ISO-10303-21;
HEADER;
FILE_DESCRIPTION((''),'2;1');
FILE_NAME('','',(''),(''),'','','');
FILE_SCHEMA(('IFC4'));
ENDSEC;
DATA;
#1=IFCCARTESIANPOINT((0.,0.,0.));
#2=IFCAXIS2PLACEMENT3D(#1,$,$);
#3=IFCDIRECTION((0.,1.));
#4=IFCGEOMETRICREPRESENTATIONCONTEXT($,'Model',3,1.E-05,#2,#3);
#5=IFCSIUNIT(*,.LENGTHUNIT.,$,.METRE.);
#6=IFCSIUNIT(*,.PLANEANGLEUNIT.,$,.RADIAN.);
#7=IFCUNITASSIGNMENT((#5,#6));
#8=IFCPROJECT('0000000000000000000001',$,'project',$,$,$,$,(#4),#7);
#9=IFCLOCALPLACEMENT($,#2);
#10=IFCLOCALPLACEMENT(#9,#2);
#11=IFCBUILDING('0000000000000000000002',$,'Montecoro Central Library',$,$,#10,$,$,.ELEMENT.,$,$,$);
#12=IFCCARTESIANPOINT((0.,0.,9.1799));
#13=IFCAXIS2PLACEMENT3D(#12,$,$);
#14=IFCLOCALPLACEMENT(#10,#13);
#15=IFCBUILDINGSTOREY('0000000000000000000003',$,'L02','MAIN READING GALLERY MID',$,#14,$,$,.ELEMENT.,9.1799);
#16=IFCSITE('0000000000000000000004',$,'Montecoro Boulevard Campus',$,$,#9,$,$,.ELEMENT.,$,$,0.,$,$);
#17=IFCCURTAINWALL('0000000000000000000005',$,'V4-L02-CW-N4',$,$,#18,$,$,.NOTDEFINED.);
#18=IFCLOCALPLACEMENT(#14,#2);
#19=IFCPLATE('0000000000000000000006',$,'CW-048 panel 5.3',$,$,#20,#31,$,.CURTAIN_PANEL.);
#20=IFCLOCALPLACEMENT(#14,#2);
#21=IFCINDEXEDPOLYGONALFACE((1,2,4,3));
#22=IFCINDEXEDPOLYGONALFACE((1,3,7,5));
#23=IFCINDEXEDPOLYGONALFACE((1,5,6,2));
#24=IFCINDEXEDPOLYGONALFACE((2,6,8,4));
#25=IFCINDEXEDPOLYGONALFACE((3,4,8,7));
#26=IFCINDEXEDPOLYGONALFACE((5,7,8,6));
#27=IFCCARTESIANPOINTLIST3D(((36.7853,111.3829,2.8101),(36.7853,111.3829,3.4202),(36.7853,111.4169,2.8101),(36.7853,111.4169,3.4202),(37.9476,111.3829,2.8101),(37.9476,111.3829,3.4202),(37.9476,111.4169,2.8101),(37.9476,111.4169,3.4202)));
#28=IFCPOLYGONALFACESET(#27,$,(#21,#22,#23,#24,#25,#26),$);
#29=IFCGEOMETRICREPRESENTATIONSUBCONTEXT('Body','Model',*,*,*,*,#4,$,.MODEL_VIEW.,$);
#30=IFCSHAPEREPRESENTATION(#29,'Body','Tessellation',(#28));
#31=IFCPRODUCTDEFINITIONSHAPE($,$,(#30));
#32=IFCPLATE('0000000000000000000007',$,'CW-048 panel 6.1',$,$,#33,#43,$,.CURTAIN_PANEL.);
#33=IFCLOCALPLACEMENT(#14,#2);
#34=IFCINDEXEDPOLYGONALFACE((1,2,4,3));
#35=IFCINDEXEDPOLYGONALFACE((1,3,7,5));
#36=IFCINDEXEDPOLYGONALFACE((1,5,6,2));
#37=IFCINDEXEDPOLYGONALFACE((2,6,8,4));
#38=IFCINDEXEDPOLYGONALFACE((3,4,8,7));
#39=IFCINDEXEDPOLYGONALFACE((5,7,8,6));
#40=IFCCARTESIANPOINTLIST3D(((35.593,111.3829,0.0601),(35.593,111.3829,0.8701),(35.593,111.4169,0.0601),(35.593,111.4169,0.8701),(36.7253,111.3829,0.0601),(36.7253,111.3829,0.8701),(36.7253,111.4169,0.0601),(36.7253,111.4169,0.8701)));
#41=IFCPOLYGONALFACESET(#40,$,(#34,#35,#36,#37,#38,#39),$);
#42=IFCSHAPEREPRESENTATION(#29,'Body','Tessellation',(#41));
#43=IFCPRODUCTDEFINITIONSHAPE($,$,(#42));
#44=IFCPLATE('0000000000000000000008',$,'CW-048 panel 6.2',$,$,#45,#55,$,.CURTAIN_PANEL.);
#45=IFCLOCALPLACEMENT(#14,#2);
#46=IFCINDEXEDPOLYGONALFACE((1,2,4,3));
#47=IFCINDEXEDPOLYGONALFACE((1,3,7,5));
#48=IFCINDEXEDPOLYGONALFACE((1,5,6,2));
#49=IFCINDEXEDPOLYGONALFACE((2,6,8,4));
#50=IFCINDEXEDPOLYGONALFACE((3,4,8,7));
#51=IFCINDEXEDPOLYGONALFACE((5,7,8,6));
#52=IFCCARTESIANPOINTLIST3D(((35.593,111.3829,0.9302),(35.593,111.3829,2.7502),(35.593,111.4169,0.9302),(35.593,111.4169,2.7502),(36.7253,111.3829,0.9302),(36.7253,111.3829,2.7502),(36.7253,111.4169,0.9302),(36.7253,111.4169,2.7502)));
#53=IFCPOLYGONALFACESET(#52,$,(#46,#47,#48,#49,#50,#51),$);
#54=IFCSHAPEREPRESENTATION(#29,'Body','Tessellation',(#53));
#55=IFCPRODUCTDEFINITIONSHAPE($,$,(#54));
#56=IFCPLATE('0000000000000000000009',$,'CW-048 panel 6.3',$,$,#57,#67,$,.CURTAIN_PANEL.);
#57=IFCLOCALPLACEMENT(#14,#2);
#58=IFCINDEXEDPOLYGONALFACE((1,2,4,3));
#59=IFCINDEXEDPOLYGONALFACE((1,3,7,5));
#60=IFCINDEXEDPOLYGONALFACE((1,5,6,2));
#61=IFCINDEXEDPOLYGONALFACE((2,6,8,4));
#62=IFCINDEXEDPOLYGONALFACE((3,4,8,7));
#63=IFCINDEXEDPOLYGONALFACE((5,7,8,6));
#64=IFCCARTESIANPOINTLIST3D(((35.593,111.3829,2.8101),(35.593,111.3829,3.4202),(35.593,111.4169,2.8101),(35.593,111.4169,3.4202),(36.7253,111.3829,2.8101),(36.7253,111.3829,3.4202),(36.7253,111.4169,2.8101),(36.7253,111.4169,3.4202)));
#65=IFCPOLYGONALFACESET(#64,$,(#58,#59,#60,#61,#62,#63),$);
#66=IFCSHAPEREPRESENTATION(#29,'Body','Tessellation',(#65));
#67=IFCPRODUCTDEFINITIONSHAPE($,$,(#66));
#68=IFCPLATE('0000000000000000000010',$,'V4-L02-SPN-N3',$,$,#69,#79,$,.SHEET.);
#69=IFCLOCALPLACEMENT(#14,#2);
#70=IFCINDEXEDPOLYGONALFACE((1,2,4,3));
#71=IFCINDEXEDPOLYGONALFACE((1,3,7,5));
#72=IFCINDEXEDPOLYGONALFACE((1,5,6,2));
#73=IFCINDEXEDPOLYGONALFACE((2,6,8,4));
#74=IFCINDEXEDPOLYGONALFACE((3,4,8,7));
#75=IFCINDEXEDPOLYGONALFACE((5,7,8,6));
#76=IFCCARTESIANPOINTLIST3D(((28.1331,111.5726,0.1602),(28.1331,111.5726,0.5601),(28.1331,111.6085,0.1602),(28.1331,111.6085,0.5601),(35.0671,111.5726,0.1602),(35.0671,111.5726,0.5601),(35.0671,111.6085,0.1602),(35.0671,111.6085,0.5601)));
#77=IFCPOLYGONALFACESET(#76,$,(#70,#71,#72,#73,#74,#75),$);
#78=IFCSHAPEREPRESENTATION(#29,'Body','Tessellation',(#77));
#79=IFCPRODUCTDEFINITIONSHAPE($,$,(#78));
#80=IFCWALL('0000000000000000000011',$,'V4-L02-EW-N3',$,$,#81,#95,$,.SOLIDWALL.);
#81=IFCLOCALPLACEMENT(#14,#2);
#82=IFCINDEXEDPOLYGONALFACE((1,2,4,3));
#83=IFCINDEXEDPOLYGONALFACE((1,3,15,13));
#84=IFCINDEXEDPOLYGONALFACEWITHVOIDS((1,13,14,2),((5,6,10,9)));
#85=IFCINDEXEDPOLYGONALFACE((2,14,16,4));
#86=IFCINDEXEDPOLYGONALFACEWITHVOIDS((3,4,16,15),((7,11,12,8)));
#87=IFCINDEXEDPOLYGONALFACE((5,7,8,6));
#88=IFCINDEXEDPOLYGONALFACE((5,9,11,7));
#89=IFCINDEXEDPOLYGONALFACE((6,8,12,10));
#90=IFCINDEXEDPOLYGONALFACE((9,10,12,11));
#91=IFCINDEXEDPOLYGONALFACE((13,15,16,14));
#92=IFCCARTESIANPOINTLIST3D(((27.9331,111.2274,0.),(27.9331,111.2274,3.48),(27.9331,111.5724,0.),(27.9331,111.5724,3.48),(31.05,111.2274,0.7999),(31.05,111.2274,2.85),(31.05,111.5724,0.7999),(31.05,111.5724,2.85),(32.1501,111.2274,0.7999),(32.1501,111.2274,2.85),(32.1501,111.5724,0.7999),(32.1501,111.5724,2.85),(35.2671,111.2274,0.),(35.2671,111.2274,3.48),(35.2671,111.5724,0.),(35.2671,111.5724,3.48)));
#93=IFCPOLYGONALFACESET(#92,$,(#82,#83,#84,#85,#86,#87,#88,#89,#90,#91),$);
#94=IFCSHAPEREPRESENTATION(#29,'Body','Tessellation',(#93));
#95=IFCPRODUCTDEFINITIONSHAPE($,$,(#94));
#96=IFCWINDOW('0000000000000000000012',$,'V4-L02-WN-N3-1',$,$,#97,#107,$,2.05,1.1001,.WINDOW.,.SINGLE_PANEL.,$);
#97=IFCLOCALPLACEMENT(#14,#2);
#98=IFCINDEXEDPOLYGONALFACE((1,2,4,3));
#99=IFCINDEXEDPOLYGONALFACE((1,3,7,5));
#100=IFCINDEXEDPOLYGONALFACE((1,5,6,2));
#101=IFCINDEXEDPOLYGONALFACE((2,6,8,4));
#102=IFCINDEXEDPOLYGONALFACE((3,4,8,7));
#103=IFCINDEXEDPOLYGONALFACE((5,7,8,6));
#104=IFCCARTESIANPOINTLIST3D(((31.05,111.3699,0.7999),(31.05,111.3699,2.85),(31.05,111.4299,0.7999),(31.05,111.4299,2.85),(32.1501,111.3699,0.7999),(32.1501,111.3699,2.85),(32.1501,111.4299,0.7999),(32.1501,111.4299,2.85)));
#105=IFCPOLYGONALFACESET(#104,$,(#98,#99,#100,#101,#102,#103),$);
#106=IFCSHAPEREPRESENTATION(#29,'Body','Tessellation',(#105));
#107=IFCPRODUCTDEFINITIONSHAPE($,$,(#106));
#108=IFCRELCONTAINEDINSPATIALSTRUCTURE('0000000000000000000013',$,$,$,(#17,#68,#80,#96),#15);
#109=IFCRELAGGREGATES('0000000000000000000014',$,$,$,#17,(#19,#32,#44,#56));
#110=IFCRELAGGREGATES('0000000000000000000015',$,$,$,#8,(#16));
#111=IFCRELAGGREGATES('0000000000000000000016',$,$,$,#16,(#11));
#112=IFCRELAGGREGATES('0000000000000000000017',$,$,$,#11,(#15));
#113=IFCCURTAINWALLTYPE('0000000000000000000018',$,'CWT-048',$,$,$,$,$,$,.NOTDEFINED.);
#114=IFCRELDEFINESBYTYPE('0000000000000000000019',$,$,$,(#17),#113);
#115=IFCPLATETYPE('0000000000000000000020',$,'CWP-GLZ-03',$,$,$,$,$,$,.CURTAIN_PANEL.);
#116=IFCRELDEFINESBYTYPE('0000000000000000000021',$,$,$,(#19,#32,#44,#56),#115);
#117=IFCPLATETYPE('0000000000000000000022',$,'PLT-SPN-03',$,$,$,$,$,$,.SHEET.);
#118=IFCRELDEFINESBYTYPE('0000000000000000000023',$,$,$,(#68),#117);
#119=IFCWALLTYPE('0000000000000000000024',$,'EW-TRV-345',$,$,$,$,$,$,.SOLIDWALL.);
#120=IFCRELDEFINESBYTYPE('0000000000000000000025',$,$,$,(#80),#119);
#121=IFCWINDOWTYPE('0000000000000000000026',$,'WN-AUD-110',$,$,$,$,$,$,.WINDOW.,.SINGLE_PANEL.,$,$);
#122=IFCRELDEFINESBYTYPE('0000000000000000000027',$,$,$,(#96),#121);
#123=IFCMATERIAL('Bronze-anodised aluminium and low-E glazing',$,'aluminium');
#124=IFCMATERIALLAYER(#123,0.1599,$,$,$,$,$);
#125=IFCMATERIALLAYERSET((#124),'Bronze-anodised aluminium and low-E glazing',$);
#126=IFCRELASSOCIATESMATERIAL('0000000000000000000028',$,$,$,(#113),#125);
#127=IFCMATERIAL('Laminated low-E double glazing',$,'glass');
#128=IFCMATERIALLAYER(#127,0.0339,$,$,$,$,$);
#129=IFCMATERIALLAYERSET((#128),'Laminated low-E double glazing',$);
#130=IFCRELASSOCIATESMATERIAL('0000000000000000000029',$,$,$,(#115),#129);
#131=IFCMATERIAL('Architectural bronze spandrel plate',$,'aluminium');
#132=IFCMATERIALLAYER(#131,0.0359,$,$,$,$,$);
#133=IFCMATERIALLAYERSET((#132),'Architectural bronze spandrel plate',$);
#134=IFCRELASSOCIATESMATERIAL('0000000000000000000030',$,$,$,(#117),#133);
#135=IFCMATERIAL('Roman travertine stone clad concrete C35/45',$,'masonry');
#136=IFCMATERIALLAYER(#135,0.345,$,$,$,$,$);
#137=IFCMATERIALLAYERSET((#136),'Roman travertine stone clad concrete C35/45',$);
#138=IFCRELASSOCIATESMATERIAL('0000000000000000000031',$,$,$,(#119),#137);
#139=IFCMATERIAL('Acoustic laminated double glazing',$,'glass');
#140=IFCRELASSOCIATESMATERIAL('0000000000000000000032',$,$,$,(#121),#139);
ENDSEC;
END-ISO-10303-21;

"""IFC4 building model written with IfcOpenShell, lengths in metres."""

from ifc_helpers import new_model, si_unit, direction, frame, frame_2d, origin, origin_2d, place, context, subcontext, project, spatial, rectangle, extrude, material, layer, layer_set, type_object, element, fill, aggregate, save


model = new_model("IFC4")

# Units and contexts
model_context = context("Model", 3, precision=1e-05, world=origin(), true_north=direction((0.0, 1.0)))
body_context = subcontext(model_context, "Body", "Model", "MODEL_VIEW")
ifc_project = project(units=[si_unit("LENGTHUNIT", "METRE"), si_unit("PLANEANGLEUNIT", "RADIAN")], contexts=[model_context])

# Site, building, storey
site_placement = place(None, origin())
site = spatial("IfcSite", under=ifc_project, at=site_placement, Name="Montecoro Boulevard Campus", CompositionType="ELEMENT", RefElevation=0.0)
building_placement = place(site_placement, origin())
building = spatial("IfcBuilding", under=site, at=building_placement, Name="Montecoro Central Library", CompositionType="ELEMENT")
storey_placement = place(building_placement, frame((0.0, 0.0, 9.1799)))
storey = spatial("IfcBuildingStorey", under=building, at=storey_placement, Name="L02", Description="MAIN READING GALLERY MID", CompositionType="ELEMENT", Elevation=9.1799)

# Curtain wall
ifc_material_1 = material(Name="Bronze-anodised aluminium and low-E glazing", Category="aluminium")
ifc_layer_1 = layer(ifc_material_1, 0.1599)
ifc_layer_set_1 = layer_set([ifc_layer_1], Name="Bronze-anodised aluminium and low-E glazing")
curtain_wall_type = type_object("IfcCurtainWallType", Name="CWT-048", PredefinedType="NOTDEFINED", material=ifc_layer_set_1)
curtain_wall_1_placement = place(storey_placement, origin())
curtain_wall_1 = element("IfcCurtainWall", 1, at=curtain_wall_1_placement, inside=storey, type_object=curtain_wall_type, Name="V4-L02-CW-N4", PredefinedType="NOTDEFINED")

# Plates
ifc_material_2 = material(Name="Laminated low-E double glazing", Category="glass")
ifc_layer_2 = layer(ifc_material_2, 0.0339)
ifc_layer_set_2 = layer_set([ifc_layer_2], Name="Laminated low-E double glazing")
plate_type_1 = type_object("IfcPlateType", Name="CWP-GLZ-03", PredefinedType="CURTAIN_PANEL", material=ifc_layer_set_2)
plate_1_placement = place(storey_placement, frame((37.3665, 111.3999, 2.8101), z_axis=(0.0, 0.0, 1.0), x_axis=(-1.0, 0.0, 0.0)))
plate_1 = element("IfcPlate", 2, at=plate_1_placement, type_object=plate_type_1, Name="CW-048 panel 5.3", PredefinedType="CURTAIN_PANEL", context=body_context, shape_type="SweptSolid", body=[
    extrude(rectangle(XDim=1.1624, YDim=0.0339, at=origin_2d()), origin(), (0.0, 0.0, 1.0), 0.6101),
])
plate_2_placement = place(storey_placement, frame((36.1592, 111.3999, 0.0601), z_axis=(0.0, 0.0, 1.0), x_axis=(-1.0, 0.0, 0.0)))
plate_2 = element("IfcPlate", 3, at=plate_2_placement, type_object=plate_type_1, Name="CW-048 panel 6.1", PredefinedType="CURTAIN_PANEL", context=body_context, shape_type="SweptSolid", body=[
    extrude(rectangle(XDim=1.1323, YDim=0.0339, at=origin_2d()), origin(), (0.0, 0.0, 1.0), 0.8101),
])
plate_3_placement = place(storey_placement, frame((36.1592, 111.3999, 0.9302), z_axis=(0.0, 0.0, 1.0), x_axis=(-1.0, 0.0, 0.0)))
plate_3 = element("IfcPlate", 4, at=plate_3_placement, type_object=plate_type_1, Name="CW-048 panel 6.2", PredefinedType="CURTAIN_PANEL", context=body_context, shape_type="SweptSolid", body=[
    extrude(rectangle(XDim=1.1323, YDim=0.0339, at=origin_2d()), origin(), (0.0, 0.0, 1.0), 1.8201),
])
plate_4_placement = place(storey_placement, frame((36.1592, 111.3999, 2.8101), z_axis=(0.0, 0.0, 1.0), x_axis=(-1.0, 0.0, 0.0)))
plate_4 = element("IfcPlate", 5, at=plate_4_placement, type_object=plate_type_1, Name="CW-048 panel 6.3", PredefinedType="CURTAIN_PANEL", context=body_context, shape_type="SweptSolid", body=[
    extrude(rectangle(XDim=1.1323, YDim=0.0339, at=origin_2d()), origin(), (0.0, 0.0, 1.0), 0.6101),
])
aggregate(curtain_wall_1, [plate_1, plate_2, plate_3, plate_4])
ifc_material_3 = material(Name="Architectural bronze spandrel plate", Category="aluminium")
ifc_layer_3 = layer(ifc_material_3, 0.0359)
ifc_layer_set_3 = layer_set([ifc_layer_3], Name="Architectural bronze spandrel plate")
plate_type_2 = type_object("IfcPlateType", Name="PLT-SPN-03", PredefinedType="SHEET", material=ifc_layer_set_3)
plate_5_placement = place(storey_placement, frame((31.6001, 111.5906, 0.1602), z_axis=(0.0, 0.0, 1.0), x_axis=(-1.0, 0.0, 0.0)))
element("IfcPlate", 6, at=plate_5_placement, inside=storey, type_object=plate_type_2, Name="V4-L02-SPN-N3", PredefinedType="SHEET", context=body_context, shape_type="SweptSolid", body=[
    extrude(rectangle(XDim=6.9341, YDim=0.0359, at=origin_2d()), origin(), (0.0, 0.0, 1.0), 0.3999),
])

# Wall, opening, window
ifc_material_4 = material(Name="Roman travertine stone clad concrete C35/45", Category="masonry")
ifc_layer_4 = layer(ifc_material_4, 0.345)
ifc_layer_set_4 = layer_set([ifc_layer_4], Name="Roman travertine stone clad concrete C35/45")
wall_type = type_object("IfcWallType", Name="EW-TRV-345", PredefinedType="SOLIDWALL", material=ifc_layer_set_4)
wall_placement = place(storey_placement, frame((35.2671, 111.3999, 0.0), z_axis=(0.0, 0.0, 1.0), x_axis=(-1.0, 0.0, 0.0)))
wall = element("IfcWall", 7, at=wall_placement, inside=storey, type_object=wall_type, Name="V4-L02-EW-N3", PredefinedType="SOLIDWALL", context=body_context, shape_type="SweptSolid", body=[
    extrude(rectangle(XDim=7.334, YDim=0.345, at=frame_2d((3.667, 0.0))), origin(), (0.0, 0.0, 1.0), 3.48),
])
opening_placement = place(wall_placement, frame((3.1169, 0.0, 0.8)))
opening = element("IfcOpeningElement", 8, at=opening_placement, cuts=wall, PredefinedType="OPENING", context=body_context, shape_type="SweptSolid", body=[
    extrude(rectangle(XDim=1.1001, YDim=2.05, at=frame_2d((0.55, 1.0249))), frame((0.0, 0.1824, 0.0), z_axis=(0.0, -1.0, 0.0), x_axis=(1.0, 0.0, 0.0)), (0.0, 0.0, 1.0), 0.365),
])
ifc_material_5 = material(Name="Acoustic laminated double glazing", Category="glass")
window_type = type_object("IfcWindowType", Name="WN-AUD-110", PartitioningType="SINGLE_PANEL", PredefinedType="WINDOW", material=ifc_material_5)
window_placement = place(opening_placement, origin())
window = element("IfcWindow", 9, at=window_placement, inside=storey, type_object=window_type, Name="V4-L02-WN-N3-1", OverallHeight=2.05, OverallWidth=1.1001, PartitioningType="SINGLE_PANEL", PredefinedType="WINDOW", context=body_context, shape_type="SweptSolid", body=[
    extrude(rectangle(XDim=1.1001, YDim=2.05, at=frame_2d((0.55, 1.0249))), frame((0.0, 0.03, 0.0), z_axis=(0.0, -1.0, 0.0), x_axis=(1.0, 0.0, 0.0)), (0.0, 0.0, 1.0), 0.0601),
])
fill(opening, window)

save(model, "model.ifc")
